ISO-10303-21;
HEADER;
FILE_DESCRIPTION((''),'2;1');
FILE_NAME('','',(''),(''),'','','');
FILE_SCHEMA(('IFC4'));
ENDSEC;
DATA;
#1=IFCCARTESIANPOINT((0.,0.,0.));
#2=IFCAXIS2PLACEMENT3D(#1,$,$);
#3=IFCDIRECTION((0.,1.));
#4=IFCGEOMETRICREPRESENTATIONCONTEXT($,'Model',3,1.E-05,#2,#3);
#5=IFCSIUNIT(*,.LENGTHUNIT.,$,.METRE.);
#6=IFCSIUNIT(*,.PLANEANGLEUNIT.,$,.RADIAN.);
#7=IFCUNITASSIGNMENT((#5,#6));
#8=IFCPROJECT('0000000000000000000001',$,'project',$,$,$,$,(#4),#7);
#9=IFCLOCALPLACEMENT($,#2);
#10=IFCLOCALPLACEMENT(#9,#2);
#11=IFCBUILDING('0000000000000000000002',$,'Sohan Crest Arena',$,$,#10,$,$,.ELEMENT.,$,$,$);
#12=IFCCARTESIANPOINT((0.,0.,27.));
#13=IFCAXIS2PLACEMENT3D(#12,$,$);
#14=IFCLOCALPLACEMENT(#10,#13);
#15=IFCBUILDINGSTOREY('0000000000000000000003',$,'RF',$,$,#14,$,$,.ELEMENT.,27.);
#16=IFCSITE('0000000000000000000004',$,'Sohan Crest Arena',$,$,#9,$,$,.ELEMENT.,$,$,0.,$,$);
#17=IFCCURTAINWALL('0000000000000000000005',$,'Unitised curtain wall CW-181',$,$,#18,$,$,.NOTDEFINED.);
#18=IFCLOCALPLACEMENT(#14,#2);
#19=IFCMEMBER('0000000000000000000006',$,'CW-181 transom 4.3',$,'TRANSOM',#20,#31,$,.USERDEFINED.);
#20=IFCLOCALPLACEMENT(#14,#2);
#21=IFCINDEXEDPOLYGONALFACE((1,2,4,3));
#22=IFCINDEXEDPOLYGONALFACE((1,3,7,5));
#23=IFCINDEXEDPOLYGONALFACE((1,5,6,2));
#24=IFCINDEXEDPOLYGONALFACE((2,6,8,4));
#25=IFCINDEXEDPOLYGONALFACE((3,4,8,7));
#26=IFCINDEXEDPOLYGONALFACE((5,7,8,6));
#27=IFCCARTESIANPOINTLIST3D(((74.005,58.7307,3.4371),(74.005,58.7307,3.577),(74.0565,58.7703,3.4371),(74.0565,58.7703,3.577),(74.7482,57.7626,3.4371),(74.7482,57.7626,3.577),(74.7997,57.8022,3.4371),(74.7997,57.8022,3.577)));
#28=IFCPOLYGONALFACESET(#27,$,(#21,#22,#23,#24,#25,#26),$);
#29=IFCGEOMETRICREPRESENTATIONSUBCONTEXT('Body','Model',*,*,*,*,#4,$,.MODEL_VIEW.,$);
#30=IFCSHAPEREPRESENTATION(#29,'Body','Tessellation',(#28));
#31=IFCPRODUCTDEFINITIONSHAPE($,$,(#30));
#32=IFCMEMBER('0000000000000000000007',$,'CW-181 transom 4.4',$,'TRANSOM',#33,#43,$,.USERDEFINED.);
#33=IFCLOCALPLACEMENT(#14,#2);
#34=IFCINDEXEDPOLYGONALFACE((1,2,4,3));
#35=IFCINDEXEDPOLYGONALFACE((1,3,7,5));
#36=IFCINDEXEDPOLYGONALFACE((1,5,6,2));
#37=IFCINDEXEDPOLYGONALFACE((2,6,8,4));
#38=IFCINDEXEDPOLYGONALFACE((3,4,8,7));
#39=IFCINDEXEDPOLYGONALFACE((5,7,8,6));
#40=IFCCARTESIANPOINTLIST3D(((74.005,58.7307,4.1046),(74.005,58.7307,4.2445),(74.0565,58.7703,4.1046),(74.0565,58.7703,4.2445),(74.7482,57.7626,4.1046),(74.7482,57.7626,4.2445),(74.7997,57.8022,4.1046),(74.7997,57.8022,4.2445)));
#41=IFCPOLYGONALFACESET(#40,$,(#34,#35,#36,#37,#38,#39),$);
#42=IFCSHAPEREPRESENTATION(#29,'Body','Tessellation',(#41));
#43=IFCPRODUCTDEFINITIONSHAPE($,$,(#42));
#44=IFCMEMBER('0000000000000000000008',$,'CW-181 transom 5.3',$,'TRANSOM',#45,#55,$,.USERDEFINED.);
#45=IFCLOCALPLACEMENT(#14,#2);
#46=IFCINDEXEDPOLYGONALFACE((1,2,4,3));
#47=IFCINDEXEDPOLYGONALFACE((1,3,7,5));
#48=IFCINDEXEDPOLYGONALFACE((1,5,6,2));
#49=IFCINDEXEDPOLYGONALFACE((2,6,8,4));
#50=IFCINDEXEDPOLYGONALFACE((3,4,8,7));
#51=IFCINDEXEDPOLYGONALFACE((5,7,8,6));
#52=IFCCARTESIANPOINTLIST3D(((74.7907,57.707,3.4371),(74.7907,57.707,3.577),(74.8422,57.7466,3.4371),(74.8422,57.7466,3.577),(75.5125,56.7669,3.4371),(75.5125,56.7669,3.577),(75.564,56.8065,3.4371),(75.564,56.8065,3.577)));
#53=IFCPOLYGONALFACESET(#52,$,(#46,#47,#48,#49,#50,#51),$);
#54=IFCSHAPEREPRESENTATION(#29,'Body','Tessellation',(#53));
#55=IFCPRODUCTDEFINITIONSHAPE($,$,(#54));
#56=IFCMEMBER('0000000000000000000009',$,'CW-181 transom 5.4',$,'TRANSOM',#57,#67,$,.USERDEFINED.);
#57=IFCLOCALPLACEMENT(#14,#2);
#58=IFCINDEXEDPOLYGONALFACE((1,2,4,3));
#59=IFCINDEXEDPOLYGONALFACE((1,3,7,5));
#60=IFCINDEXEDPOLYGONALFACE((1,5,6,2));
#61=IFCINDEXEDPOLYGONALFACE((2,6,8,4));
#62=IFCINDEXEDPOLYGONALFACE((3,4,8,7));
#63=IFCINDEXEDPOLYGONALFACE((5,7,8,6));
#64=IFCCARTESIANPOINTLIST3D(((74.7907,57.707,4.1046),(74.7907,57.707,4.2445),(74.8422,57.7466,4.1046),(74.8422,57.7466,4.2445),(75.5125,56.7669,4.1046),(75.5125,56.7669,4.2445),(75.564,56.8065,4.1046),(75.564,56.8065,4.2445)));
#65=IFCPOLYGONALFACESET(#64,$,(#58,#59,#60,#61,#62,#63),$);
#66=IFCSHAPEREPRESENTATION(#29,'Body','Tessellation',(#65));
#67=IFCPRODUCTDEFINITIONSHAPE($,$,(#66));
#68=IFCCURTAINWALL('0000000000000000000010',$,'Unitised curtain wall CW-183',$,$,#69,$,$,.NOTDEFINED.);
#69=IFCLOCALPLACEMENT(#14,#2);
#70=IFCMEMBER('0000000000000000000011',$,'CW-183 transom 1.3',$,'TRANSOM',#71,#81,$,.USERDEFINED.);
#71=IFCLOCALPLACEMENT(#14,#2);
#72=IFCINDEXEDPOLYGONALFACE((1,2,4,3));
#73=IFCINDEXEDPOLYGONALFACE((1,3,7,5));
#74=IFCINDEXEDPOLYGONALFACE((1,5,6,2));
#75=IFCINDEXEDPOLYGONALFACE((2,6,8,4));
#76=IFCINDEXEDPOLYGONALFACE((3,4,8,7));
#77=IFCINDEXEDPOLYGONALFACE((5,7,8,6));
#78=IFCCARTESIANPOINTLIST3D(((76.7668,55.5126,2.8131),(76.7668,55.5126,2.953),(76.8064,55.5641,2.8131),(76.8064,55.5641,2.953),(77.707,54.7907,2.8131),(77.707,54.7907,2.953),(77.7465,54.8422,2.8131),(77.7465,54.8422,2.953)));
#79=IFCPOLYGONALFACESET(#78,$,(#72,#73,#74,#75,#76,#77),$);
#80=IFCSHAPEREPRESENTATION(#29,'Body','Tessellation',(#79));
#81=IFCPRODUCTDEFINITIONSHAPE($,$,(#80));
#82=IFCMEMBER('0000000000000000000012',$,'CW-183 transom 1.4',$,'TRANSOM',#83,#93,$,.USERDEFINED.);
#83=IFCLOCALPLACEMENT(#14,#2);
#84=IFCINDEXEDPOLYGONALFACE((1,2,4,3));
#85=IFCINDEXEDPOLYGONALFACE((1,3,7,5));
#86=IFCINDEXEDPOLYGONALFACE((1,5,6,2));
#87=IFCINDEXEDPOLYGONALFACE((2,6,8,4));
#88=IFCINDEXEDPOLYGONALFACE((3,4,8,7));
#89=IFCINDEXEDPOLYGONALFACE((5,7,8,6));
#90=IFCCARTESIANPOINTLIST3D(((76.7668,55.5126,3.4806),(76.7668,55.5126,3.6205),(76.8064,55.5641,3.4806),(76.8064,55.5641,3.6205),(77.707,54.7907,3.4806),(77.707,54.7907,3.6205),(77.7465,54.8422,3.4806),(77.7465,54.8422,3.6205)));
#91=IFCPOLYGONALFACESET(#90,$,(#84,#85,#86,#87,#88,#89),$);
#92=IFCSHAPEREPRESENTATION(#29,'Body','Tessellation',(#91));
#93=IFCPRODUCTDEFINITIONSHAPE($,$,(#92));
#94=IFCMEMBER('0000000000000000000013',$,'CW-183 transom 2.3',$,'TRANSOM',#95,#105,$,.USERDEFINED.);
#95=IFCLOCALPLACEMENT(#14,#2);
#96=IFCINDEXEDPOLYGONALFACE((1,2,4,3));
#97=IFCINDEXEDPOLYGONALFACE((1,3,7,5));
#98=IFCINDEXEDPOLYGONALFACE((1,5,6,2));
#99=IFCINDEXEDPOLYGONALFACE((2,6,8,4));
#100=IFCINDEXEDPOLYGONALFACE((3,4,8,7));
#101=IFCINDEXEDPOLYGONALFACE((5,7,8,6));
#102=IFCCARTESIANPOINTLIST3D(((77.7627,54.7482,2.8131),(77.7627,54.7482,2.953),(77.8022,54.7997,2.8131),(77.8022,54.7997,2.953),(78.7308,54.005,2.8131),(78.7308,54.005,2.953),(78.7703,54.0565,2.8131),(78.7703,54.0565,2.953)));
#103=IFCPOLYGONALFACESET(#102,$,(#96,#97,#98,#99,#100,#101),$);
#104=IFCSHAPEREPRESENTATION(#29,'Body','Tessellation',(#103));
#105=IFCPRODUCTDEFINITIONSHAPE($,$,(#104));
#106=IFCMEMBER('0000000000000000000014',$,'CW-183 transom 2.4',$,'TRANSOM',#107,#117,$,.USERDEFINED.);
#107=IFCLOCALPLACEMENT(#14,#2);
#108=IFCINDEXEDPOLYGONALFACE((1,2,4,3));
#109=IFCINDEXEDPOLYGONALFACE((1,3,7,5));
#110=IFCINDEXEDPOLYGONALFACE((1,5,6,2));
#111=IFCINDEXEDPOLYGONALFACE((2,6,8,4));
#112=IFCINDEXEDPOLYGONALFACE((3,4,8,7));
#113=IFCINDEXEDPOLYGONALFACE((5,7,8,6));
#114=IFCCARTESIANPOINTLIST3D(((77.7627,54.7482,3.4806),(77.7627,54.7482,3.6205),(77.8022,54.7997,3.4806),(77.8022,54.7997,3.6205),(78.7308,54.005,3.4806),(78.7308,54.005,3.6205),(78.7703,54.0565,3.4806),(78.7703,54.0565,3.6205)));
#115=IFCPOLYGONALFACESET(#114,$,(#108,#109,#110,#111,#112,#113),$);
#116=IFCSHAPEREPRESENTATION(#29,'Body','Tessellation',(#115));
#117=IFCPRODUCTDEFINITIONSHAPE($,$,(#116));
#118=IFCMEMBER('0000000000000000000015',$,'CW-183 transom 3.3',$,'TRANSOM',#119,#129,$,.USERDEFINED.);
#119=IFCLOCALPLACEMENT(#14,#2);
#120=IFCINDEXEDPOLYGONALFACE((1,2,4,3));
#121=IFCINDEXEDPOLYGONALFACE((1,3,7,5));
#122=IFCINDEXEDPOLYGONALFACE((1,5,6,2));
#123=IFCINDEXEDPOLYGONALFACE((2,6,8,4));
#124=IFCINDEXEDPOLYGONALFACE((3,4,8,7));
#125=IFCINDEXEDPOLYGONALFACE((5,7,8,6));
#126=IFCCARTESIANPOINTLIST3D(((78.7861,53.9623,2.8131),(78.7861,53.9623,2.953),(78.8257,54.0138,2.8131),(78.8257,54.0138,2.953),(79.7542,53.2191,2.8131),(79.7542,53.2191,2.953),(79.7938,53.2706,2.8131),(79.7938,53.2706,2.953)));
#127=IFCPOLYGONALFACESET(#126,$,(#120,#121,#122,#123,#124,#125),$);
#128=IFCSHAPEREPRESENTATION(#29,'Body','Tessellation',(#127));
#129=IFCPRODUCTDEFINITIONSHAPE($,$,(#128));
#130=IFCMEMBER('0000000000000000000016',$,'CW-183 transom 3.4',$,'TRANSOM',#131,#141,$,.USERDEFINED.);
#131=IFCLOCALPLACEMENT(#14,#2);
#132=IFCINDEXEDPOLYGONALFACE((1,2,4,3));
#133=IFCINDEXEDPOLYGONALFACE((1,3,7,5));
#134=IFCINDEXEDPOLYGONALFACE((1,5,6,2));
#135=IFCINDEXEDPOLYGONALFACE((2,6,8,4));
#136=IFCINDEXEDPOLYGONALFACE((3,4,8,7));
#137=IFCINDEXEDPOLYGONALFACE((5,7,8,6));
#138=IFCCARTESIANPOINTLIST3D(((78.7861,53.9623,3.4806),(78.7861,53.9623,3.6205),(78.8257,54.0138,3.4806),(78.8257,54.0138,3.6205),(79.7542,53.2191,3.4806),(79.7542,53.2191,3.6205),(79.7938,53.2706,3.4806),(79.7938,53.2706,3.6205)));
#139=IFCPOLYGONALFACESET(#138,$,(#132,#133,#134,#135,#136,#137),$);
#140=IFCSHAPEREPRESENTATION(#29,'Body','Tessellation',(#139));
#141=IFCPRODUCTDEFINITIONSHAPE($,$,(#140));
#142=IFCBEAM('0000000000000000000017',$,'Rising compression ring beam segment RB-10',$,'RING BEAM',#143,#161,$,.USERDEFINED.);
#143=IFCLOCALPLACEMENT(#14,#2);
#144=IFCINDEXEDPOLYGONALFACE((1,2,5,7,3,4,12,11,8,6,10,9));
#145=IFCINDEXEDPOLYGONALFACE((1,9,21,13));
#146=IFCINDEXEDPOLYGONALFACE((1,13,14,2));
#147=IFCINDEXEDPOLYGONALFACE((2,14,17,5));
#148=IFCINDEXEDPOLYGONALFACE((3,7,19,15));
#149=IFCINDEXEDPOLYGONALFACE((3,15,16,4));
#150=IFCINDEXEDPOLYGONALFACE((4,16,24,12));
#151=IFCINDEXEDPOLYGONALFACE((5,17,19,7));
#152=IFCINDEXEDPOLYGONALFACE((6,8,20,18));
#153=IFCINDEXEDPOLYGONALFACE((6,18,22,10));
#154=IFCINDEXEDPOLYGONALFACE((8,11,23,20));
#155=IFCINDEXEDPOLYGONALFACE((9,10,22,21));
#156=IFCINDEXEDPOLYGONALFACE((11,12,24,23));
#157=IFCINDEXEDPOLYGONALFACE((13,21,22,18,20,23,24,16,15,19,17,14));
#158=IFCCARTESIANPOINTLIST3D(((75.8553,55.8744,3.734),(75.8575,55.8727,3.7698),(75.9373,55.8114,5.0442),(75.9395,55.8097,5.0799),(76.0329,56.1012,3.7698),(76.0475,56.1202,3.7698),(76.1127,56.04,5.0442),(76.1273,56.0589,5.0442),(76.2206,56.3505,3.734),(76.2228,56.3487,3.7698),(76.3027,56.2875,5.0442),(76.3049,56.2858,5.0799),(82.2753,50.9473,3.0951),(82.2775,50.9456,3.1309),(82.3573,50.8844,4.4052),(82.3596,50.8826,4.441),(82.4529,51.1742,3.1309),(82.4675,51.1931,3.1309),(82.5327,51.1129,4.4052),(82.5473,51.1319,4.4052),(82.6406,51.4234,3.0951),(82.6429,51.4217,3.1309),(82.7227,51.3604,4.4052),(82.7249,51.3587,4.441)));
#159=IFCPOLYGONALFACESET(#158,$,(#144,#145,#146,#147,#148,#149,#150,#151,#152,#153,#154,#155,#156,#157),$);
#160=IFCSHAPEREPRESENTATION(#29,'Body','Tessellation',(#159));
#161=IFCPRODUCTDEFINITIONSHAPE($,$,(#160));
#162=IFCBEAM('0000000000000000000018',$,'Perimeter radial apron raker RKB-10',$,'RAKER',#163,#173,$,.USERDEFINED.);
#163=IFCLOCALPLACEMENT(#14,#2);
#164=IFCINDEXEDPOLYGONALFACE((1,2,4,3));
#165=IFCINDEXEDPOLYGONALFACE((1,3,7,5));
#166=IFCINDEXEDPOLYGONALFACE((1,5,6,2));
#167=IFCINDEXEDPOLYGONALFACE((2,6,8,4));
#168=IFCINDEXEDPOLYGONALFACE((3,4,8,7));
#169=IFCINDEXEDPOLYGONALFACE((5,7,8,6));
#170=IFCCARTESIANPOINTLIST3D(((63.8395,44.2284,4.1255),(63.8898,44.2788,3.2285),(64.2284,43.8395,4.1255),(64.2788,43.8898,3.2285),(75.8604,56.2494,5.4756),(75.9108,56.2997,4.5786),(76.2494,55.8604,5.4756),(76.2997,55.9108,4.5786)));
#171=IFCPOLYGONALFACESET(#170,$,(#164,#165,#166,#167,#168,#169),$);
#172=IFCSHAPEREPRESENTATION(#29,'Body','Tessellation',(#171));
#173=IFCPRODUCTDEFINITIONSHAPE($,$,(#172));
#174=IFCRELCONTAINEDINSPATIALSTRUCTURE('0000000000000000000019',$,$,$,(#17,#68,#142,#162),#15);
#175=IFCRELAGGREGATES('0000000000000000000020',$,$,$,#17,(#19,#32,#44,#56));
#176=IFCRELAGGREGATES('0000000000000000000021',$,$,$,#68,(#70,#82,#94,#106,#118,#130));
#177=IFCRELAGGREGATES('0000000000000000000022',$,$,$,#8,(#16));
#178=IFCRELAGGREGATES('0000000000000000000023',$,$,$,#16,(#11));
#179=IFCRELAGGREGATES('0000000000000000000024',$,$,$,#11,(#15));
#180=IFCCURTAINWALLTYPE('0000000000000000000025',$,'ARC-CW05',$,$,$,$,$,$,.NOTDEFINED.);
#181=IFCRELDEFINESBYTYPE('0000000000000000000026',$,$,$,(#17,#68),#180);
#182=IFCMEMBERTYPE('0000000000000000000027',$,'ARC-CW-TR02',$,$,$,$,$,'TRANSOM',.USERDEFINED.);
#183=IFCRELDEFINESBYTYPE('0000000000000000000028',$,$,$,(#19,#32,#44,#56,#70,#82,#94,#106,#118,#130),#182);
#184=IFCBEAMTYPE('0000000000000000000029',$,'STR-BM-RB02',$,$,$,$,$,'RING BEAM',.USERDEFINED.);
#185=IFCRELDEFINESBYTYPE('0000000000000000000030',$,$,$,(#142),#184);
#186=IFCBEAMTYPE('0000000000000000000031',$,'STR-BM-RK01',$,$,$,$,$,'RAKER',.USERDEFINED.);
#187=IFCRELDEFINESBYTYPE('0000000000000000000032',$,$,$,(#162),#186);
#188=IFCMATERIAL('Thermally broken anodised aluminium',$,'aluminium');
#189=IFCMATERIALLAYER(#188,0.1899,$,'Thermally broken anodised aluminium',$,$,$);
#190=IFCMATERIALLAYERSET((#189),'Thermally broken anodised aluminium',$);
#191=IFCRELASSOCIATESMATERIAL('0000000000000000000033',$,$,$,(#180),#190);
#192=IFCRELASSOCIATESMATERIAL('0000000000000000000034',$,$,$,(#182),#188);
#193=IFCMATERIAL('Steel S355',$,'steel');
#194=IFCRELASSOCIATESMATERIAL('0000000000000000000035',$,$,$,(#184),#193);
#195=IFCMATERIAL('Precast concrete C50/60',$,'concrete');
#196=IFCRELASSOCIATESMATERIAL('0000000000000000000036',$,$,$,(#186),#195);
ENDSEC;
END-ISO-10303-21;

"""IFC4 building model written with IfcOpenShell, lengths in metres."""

from ifc_helpers import new_model, si_unit, direction, frame, origin, origin_2d, place, context, subcontext, project, spatial, rectangle, i_section, extrude, material, layer, layer_set, material_profile, profile_set, type_object, element, aggregate, save


model = new_model("IFC4")

# Units and contexts
model_context = context("Model", 3, precision=1e-05, world=origin(), true_north=direction((0.0, 1.0)))
body_context = subcontext(model_context, "Body", "Model", "MODEL_VIEW")
ifc_project = project(units=[si_unit("LENGTHUNIT", "METRE"), si_unit("PLANEANGLEUNIT", "RADIAN")], contexts=[model_context])

# Site, building, storey
site_placement = place(None, origin())
site = spatial("IfcSite", under=ifc_project, at=site_placement, Name="Sohan Crest Arena", CompositionType="ELEMENT", RefElevation=0.0)
building_placement = place(site_placement, origin())
building = spatial("IfcBuilding", under=site, at=building_placement, Name="Sohan Crest Arena", CompositionType="ELEMENT")
storey_placement = place(building_placement, frame((0.0, 0.0, 27.0)))
storey = spatial("IfcBuildingStorey", under=building, at=storey_placement, Name="RF", CompositionType="ELEMENT", Elevation=27.0)

# Curtain walls, members
ifc_material_1 = material(Name="Thermally broken anodised aluminium", Category="aluminium")
ifc_layer_1 = layer(ifc_material_1, 0.1899, Name="Thermally broken anodised aluminium")
ifc_layer_set_1 = layer_set([ifc_layer_1], Name="Thermally broken anodised aluminium")
curtain_wall_type = type_object("IfcCurtainWallType", Name="ARC-CW05", PredefinedType="NOTDEFINED", material=ifc_layer_set_1)
curtain_wall_1_placement = place(storey_placement, origin())
curtain_wall_1 = element("IfcCurtainWall", 1, at=curtain_wall_1_placement, inside=storey, type_object=curtain_wall_type, Name="Unitised curtain wall CW-181", PredefinedType="NOTDEFINED")
ifc_material_profile_1 = material_profile(ifc_material_1, rectangle(XDim=0.0649, YDim=0.1399, at=origin_2d()), Name="ALU-TRAN 65x140")
ifc_profile_set_1 = profile_set([ifc_material_profile_1], Name="Thermally broken anodised aluminium")
member_type_1 = type_object("IfcMemberType", Name="ARC-CW-TR02", ElementType="TRANSOM", PredefinedType="USERDEFINED", material=ifc_profile_set_1)
member_1_placement = place(storey_placement, frame((74.0308, 58.7505, 3.5071), z_axis=(0.608956, -0.793204, 0.0), x_axis=(0.793204, 0.608956, 0.0)))
member_1 = element("IfcMember", 2, at=member_1_placement, type_object=member_type_1, Name="CW-181 transom 4.3", ObjectType="TRANSOM", PredefinedType="USERDEFINED", context=body_context, shape_type="SweptSolid", body=[
    extrude(rectangle(XDim=0.0649, YDim=0.1399, at=origin_2d()), origin(), (0.0, 0.0, 1.0), 1.2205),
])
member_2_placement = place(storey_placement, frame((74.0308, 58.7505, 4.1746), z_axis=(0.608956, -0.793204, 0.0), x_axis=(0.793204, 0.608956, 0.0)))
member_2 = element("IfcMember", 3, at=member_2_placement, type_object=member_type_1, Name="CW-181 transom 4.4", ObjectType="TRANSOM", PredefinedType="USERDEFINED", context=body_context, shape_type="SweptSolid", body=[
    extrude(rectangle(XDim=0.0649, YDim=0.1399, at=origin_2d()), origin(), (0.0, 0.0, 1.0), 1.2205),
])
member_3_placement = place(storey_placement, frame((74.8164, 57.7268, 3.5071), z_axis=(0.609024, -0.793152, 0.0), x_axis=(0.793152, 0.609024, 0.0)))
member_3 = element("IfcMember", 4, at=member_3_placement, type_object=member_type_1, Name="CW-181 transom 5.3", ObjectType="TRANSOM", PredefinedType="USERDEFINED", context=body_context, shape_type="SweptSolid", body=[
    extrude(rectangle(XDim=0.0649, YDim=0.1399, at=origin_2d()), origin(), (0.0, 0.0, 1.0), 1.1853),
])
member_4_placement = place(storey_placement, frame((74.8164, 57.7268, 4.1746), z_axis=(0.609024, -0.793152, 0.0), x_axis=(0.793152, 0.609024, 0.0)))
member_4 = element("IfcMember", 5, at=member_4_placement, type_object=member_type_1, Name="CW-181 transom 5.4", ObjectType="TRANSOM", PredefinedType="USERDEFINED", context=body_context, shape_type="SweptSolid", body=[
    extrude(rectangle(XDim=0.0649, YDim=0.1399, at=origin_2d()), origin(), (0.0, 0.0, 1.0), 1.1853),
])
curtain_wall_2_placement = place(storey_placement, origin())
curtain_wall_2 = element("IfcCurtainWall", 6, at=curtain_wall_2_placement, inside=storey, type_object=curtain_wall_type, Name="Unitised curtain wall CW-183", PredefinedType="NOTDEFINED")
member_5_placement = place(storey_placement, frame((76.7866, 55.5383, 2.8831), z_axis=(0.793152, -0.609024, 0.0), x_axis=(0.609024, 0.793152, 0.0)))
member_5 = element("IfcMember", 7, at=member_5_placement, type_object=member_type_1, Name="CW-183 transom 1.3", ObjectType="TRANSOM", PredefinedType="USERDEFINED", context=body_context, shape_type="SweptSolid", body=[
    extrude(rectangle(XDim=0.0649, YDim=0.1399, at=origin_2d()), origin(), (0.0, 0.0, 1.0), 1.1853),
])
member_6_placement = place(storey_placement, frame((76.7866, 55.5383, 3.5505), z_axis=(0.793152, -0.609024, 0.0), x_axis=(0.609024, 0.793152, 0.0)))
member_6 = element("IfcMember", 8, at=member_6_placement, type_object=member_type_1, Name="CW-183 transom 1.4", ObjectType="TRANSOM", PredefinedType="USERDEFINED", context=body_context, shape_type="SweptSolid", body=[
    extrude(rectangle(XDim=0.0649, YDim=0.1399, at=origin_2d()), origin(), (0.0, 0.0, 1.0), 1.1853),
])
member_7_placement = place(storey_placement, frame((77.7825, 54.7739, 2.8831), z_axis=(0.793204, -0.608956, 0.0), x_axis=(0.608956, 0.793204, 0.0)))
member_7 = element("IfcMember", 9, at=member_7_placement, type_object=member_type_1, Name="CW-183 transom 2.3", ObjectType="TRANSOM", PredefinedType="USERDEFINED", context=body_context, shape_type="SweptSolid", body=[
    extrude(rectangle(XDim=0.0649, YDim=0.1399, at=origin_2d()), origin(), (0.0, 0.0, 1.0), 1.2205),
])
member_8_placement = place(storey_placement, frame((77.7825, 54.7739, 3.5505), z_axis=(0.793204, -0.608956, 0.0), x_axis=(0.608956, 0.793204, 0.0)))
member_8 = element("IfcMember", 10, at=member_8_placement, type_object=member_type_1, Name="CW-183 transom 2.4", ObjectType="TRANSOM", PredefinedType="USERDEFINED", context=body_context, shape_type="SweptSolid", body=[
    extrude(rectangle(XDim=0.0649, YDim=0.1399, at=origin_2d()), origin(), (0.0, 0.0, 1.0), 1.2205),
])
member_9_placement = place(storey_placement, frame((78.8059, 53.988, 2.8831), z_axis=(0.793204, -0.608956, 0.0), x_axis=(0.608956, 0.793204, 0.0)))
member_9 = element("IfcMember", 11, at=member_9_placement, type_object=member_type_1, Name="CW-183 transom 3.3", ObjectType="TRANSOM", PredefinedType="USERDEFINED", context=body_context, shape_type="SweptSolid", body=[
    extrude(rectangle(XDim=0.0649, YDim=0.1399, at=origin_2d()), origin(), (0.0, 0.0, 1.0), 1.2205),
])
member_10_placement = place(storey_placement, frame((78.8059, 53.988, 3.5505), z_axis=(0.793204, -0.608956, 0.0), x_axis=(0.608956, 0.793204, 0.0)))
member_10 = element("IfcMember", 12, at=member_10_placement, type_object=member_type_1, Name="CW-183 transom 3.4", ObjectType="TRANSOM", PredefinedType="USERDEFINED", context=body_context, shape_type="SweptSolid", body=[
    extrude(rectangle(XDim=0.0649, YDim=0.1399, at=origin_2d()), origin(), (0.0, 0.0, 1.0), 1.2205),
])

# Beams
ifc_material_2 = material(Name="Steel S355", Category="steel")
ifc_material_profile_2 = material_profile(ifc_material_2, i_section(OverallWidth=0.6001, OverallDepth=1.3501, WebThickness=0.0239, FlangeThickness=0.0359, at=origin_2d()), Name="PG 1350x600x24x36")
ifc_profile_set_2 = profile_set([ifc_material_profile_2], Name="Steel S355")
beam_type_1 = type_object("IfcBeamType", Name="STR-BM-RB02", ElementType="RING BEAM", PredefinedType="USERDEFINED", material=ifc_profile_set_2)
beam_1_placement = place(storey_placement, frame((76.0801, 56.0801, 4.407), z_axis=(0.790843, -0.606937, -0.078705), x_axis=(0.608825, 0.793304, 0.0)))
element("IfcBeam", 13, at=beam_1_placement, inside=storey, type_object=beam_type_1, Name="Rising compression ring beam segment RB-10", ObjectType="RING BEAM", PredefinedType="USERDEFINED", context=body_context, shape_type="SweptSolid", body=[
    extrude(i_section(OverallWidth=0.6001, OverallDepth=1.3501, WebThickness=0.0239, FlangeThickness=0.0359, at=origin_2d()), origin(), (0.0, 0.0, 1.0), 8.1179),
])
ifc_material_3 = material(Name="Precast concrete C50/60", Category="concrete")
ifc_material_profile_3 = material_profile(ifc_material_3, rectangle(XDim=0.55, YDim=0.8999, at=origin_2d()), Name="RAKER 550x900")
ifc_profile_set_3 = profile_set([ifc_material_profile_3], Name="Precast concrete C50/60")
beam_type_2 = type_object("IfcBeamType", Name="STR-BM-RK01", ElementType="RAKER", PredefinedType="USERDEFINED", material=ifc_profile_set_3)
beam_2_placement = place(storey_placement, frame((76.0801, 56.0801, 5.0271), z_axis=(-0.704887, -0.704887, -0.079167), x_axis=(0.707107, -0.707107, 0.0)))
element("IfcBeam", 14, at=beam_2_placement, inside=storey, type_object=beam_type_2, Name="Perimeter radial apron raker RKB-10", ObjectType="RAKER", PredefinedType="USERDEFINED", context=body_context, shape_type="SweptSolid", body=[
    extrude(rectangle(XDim=0.55, YDim=0.8999, at=origin_2d()), origin(), (0.0, 0.0, 1.0), 17.0537),
])

aggregate(curtain_wall_1, [member_1, member_2, member_3, member_4])
aggregate(curtain_wall_2, [member_5, member_6, member_7, member_8, member_9, member_10])

save(model, "model.ifc")
